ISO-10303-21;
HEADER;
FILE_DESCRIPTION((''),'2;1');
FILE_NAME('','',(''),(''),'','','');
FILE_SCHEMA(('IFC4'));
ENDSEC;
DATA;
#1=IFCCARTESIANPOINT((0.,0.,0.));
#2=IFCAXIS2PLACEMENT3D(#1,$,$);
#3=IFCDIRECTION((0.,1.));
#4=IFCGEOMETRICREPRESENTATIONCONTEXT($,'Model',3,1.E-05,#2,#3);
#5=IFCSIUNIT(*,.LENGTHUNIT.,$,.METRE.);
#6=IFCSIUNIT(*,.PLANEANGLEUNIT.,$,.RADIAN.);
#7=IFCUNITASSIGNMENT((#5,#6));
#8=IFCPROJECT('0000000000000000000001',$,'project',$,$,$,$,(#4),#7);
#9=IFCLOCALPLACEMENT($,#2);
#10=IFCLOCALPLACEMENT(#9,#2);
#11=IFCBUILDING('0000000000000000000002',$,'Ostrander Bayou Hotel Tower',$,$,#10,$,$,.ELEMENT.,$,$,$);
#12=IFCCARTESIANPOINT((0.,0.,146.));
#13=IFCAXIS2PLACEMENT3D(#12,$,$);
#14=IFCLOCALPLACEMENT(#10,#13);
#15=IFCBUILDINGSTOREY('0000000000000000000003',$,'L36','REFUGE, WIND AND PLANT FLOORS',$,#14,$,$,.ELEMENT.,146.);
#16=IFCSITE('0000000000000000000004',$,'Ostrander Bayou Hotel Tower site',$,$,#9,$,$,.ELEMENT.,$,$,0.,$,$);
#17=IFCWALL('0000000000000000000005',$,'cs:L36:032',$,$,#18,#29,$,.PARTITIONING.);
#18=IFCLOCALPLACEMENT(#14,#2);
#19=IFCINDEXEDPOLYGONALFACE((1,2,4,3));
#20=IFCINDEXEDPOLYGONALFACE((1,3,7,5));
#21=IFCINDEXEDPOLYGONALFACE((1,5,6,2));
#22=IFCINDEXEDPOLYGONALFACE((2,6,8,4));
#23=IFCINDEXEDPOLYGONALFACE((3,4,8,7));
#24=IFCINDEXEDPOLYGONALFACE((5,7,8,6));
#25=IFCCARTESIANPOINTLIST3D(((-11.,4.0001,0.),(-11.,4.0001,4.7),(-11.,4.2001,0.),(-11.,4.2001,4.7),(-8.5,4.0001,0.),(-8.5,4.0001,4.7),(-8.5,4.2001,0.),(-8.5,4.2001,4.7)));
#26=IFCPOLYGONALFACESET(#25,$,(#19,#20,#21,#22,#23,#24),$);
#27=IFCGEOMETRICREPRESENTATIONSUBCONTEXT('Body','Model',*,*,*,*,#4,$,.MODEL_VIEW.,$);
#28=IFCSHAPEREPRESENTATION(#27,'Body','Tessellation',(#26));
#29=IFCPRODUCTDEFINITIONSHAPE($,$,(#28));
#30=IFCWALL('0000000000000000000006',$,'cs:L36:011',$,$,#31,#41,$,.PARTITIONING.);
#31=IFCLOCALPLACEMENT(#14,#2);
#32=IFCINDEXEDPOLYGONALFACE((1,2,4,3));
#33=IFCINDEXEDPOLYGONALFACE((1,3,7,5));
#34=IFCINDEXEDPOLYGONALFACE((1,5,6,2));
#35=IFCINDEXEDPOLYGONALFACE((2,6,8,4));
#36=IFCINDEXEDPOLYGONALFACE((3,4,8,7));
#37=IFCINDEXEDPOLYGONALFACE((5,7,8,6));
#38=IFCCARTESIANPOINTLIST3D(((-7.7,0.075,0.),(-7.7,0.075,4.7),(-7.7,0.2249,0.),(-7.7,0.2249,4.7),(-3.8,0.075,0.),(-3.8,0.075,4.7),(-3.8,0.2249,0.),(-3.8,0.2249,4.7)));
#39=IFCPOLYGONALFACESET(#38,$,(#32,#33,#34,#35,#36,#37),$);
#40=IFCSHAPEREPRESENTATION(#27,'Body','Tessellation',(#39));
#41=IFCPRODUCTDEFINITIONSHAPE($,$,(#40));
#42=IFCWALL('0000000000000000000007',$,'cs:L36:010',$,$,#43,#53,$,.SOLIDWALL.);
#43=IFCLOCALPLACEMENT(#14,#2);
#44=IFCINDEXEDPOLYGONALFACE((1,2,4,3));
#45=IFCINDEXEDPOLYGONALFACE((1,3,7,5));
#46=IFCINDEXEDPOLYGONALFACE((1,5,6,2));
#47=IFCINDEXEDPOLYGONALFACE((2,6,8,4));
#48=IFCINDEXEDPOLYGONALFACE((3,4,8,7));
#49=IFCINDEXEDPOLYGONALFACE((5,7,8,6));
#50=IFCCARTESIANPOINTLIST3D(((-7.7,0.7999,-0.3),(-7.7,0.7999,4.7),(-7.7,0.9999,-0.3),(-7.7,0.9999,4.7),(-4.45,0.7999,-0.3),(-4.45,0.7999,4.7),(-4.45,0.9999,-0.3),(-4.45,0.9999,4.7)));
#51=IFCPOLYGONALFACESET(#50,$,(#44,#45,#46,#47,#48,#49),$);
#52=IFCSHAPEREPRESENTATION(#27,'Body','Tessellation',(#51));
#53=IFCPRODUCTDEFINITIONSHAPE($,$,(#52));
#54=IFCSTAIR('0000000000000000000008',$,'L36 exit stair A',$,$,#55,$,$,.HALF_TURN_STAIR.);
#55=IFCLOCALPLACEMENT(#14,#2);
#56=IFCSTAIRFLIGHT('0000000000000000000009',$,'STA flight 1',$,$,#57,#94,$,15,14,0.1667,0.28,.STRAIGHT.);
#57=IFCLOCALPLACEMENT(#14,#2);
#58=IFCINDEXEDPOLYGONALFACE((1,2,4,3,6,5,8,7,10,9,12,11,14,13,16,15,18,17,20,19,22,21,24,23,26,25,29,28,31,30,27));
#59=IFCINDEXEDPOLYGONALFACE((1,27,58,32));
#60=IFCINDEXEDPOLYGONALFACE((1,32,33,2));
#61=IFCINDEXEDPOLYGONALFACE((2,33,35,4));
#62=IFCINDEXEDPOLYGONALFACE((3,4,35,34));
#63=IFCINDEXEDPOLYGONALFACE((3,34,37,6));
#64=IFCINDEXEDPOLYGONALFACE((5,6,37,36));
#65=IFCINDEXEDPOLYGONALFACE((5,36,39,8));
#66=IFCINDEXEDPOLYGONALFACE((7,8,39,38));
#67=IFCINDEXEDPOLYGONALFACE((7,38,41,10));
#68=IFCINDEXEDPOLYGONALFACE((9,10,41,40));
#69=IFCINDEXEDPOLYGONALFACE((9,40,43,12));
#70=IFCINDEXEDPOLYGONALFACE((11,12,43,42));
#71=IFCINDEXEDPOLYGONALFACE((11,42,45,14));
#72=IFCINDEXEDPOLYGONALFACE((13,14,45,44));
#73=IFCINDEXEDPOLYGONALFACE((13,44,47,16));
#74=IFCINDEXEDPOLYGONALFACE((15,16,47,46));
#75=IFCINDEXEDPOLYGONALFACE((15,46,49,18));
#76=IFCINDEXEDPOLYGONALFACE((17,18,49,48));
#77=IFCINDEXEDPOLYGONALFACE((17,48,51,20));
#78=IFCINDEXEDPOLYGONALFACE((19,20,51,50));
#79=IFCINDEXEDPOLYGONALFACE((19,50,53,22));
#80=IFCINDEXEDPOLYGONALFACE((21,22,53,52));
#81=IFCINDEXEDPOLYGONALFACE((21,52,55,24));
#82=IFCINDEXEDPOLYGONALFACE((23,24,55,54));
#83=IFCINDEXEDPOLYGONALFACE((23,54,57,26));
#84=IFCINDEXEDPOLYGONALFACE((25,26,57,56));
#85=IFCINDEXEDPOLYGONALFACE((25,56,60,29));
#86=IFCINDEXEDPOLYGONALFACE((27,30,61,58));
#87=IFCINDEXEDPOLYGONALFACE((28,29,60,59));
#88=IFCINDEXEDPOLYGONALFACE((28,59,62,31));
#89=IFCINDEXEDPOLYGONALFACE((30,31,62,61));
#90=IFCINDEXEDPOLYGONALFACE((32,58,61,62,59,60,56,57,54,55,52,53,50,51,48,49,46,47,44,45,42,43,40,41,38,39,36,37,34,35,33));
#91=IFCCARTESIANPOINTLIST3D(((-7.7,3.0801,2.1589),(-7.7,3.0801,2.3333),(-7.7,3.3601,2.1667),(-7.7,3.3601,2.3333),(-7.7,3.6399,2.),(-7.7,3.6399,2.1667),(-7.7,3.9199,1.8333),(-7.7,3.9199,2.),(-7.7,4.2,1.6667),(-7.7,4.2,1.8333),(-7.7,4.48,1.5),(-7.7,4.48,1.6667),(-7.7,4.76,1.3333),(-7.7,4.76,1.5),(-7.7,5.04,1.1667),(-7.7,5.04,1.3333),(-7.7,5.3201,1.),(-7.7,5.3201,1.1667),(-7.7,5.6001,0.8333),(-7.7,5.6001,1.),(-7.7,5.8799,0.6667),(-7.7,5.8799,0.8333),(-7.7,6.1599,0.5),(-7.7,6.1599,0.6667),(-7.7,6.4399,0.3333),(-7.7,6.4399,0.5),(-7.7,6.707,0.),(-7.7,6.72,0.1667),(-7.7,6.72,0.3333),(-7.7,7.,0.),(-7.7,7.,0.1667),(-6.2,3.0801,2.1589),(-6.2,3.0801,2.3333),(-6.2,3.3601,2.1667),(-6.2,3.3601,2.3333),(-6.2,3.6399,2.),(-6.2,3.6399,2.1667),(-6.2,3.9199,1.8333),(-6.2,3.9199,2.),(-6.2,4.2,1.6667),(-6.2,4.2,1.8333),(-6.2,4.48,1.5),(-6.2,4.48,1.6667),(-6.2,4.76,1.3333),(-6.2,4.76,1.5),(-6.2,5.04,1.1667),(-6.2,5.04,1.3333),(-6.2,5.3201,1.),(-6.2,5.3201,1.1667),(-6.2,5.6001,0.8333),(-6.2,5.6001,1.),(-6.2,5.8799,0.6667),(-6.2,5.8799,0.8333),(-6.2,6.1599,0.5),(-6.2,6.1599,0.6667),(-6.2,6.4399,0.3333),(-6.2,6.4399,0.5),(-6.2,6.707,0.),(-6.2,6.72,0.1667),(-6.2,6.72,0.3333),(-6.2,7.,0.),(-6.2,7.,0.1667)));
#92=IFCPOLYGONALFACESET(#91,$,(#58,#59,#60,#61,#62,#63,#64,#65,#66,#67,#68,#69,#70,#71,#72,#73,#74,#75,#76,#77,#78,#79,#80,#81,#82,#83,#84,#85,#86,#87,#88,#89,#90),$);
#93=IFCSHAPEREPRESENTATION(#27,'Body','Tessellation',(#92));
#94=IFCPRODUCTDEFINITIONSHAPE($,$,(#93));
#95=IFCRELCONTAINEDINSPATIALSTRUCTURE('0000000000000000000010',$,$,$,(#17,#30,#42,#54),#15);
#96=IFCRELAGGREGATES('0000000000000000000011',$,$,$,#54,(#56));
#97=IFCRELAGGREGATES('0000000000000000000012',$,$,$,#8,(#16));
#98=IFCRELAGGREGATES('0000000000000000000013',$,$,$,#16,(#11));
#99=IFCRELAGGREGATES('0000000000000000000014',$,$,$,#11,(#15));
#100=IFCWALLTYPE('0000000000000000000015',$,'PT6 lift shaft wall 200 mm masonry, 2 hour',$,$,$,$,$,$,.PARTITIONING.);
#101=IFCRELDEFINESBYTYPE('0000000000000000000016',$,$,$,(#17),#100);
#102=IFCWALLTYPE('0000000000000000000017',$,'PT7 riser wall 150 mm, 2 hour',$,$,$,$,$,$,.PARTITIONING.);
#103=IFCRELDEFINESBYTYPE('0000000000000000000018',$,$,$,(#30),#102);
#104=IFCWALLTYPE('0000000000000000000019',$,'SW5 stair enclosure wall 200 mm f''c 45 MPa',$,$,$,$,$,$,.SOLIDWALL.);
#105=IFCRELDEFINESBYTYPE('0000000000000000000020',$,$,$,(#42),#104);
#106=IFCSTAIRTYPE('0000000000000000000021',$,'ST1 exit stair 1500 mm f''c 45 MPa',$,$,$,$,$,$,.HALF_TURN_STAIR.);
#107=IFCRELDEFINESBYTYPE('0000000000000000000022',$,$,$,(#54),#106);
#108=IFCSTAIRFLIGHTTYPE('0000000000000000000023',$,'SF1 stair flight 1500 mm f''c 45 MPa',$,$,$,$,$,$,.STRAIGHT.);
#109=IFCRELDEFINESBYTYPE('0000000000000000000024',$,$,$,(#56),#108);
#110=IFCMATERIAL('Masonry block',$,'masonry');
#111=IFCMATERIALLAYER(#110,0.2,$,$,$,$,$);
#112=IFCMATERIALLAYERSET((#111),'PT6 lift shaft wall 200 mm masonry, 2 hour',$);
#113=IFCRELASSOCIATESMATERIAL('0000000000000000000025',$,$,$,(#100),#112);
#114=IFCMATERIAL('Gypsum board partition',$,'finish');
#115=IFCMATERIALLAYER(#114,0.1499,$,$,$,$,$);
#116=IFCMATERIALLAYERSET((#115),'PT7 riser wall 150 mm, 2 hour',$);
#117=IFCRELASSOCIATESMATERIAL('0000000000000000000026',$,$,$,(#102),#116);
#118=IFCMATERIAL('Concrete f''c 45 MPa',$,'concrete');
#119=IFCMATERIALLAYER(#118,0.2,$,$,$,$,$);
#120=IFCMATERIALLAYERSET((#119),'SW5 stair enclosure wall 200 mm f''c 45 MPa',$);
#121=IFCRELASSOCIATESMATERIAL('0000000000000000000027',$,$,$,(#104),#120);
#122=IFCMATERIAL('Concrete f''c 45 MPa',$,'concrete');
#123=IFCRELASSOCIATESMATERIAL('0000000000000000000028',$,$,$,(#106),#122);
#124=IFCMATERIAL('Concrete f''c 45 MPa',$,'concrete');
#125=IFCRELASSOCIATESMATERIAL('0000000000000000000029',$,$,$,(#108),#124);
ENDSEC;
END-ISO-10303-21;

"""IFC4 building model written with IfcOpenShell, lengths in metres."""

from ifc_helpers import new_model, si_unit, direction, frame, frame_2d, origin, place, context, subcontext, project, spatial, polyline, rectangle, outline, extrude, material, layer, layer_set, type_object, element, aggregate, save


model = new_model("IFC4")

# Units and contexts
model_context = context("Model", 3, precision=1e-05, world=origin(), true_north=direction((0.0, 1.0)))
body_context = subcontext(model_context, "Body", "Model", "MODEL_VIEW")
ifc_project = project(units=[si_unit("LENGTHUNIT", "METRE"), si_unit("PLANEANGLEUNIT", "RADIAN")], contexts=[model_context])

# Site, building, storey
site_placement = place(None, origin())
site = spatial("IfcSite", under=ifc_project, at=site_placement, Name="Ostrander Bayou Hotel Tower site", CompositionType="ELEMENT", RefElevation=0.0)
building_placement = place(site_placement, origin())
building = spatial("IfcBuilding", under=site, at=building_placement, Name="Ostrander Bayou Hotel Tower", CompositionType="ELEMENT")
storey_placement = place(building_placement, frame((0.0, 0.0, 146.0)))
storey = spatial("IfcBuildingStorey", under=building, at=storey_placement, Name="L36", Description="REFUGE, WIND AND PLANT FLOORS", CompositionType="ELEMENT", Elevation=146.0)

# Walls
ifc_material_1 = material(Name="Masonry block", Category="masonry")
ifc_layer_1 = layer(ifc_material_1, 0.2)
ifc_layer_set_1 = layer_set([ifc_layer_1], Name="PT6 lift shaft wall 200 mm masonry, 2 hour")
wall_type_1 = type_object("IfcWallType", Name="PT6 lift shaft wall 200 mm masonry, 2 hour", PredefinedType="PARTITIONING", material=ifc_layer_set_1)
for number, where, z_axis, x_axis, name in (
    (1, (-11.0, 4.1001, 0.0), (0.0, 0.0, 1.0), (1.0, 0.0, 0.0), "cs:L36:032"),
):
    element("IfcWall", number, at=place(storey_placement, frame(where, z_axis=z_axis, x_axis=x_axis)), inside=storey, type_object=wall_type_1, Name=name, PredefinedType="PARTITIONING", context=body_context, shape_type="SweptSolid", body=[
        extrude(rectangle(XDim=2.5, YDim=0.2, at=frame_2d((1.25, 0.0))), origin(), (0.0, 0.0, 1.0), 4.7),
    ])
ifc_material_2 = material(Name="Gypsum board partition", Category="finish")
ifc_layer_2 = layer(ifc_material_2, 0.1499)
ifc_layer_set_2 = layer_set([ifc_layer_2], Name="PT7 riser wall 150 mm, 2 hour")
wall_type_2 = type_object("IfcWallType", Name="PT7 riser wall 150 mm, 2 hour", PredefinedType="PARTITIONING", material=ifc_layer_set_2)
wall_1_placement = place(storey_placement, frame((-7.7, 0.1499, 0.0), z_axis=(0.0, 0.0, 1.0), x_axis=(1.0, 0.0, 0.0)))
element("IfcWall", 2, at=wall_1_placement, inside=storey, type_object=wall_type_2, Name="cs:L36:011", PredefinedType="PARTITIONING", context=body_context, shape_type="SweptSolid", body=[
    extrude(rectangle(XDim=3.8999, YDim=0.1499, at=frame_2d((1.95, 0.0))), origin(), (0.0, 0.0, 1.0), 4.7),
])
ifc_material_3 = material(Name="Concrete f'c 45 MPa", Category="concrete")
ifc_layer_3 = layer(ifc_material_3, 0.2)
ifc_layer_set_3 = layer_set([ifc_layer_3], Name="SW5 stair enclosure wall 200 mm f'c 45 MPa")
wall_type_3 = type_object("IfcWallType", Name="SW5 stair enclosure wall 200 mm f'c 45 MPa", PredefinedType="SOLIDWALL", material=ifc_layer_set_3)
wall_2_placement = place(storey_placement, frame((-7.7, 0.8999, -0.3), z_axis=(0.0, 0.0, 1.0), x_axis=(1.0, 0.0, 0.0)))
element("IfcWall", 3, at=wall_2_placement, inside=storey, type_object=wall_type_3, Name="cs:L36:010", PredefinedType="SOLIDWALL", context=body_context, shape_type="SweptSolid", body=[
    extrude(rectangle(XDim=3.25, YDim=0.2, at=frame_2d((1.625, 0.0))), origin(), (0.0, 0.0, 1.0), 5.0),
])

# Stair, stair flight
ifc_material_4 = material(Name="Concrete f'c 45 MPa", Category="concrete")
stair_type = type_object("IfcStairType", Name="ST1 exit stair 1500 mm f'c 45 MPa", PredefinedType="HALF_TURN_STAIR", material=ifc_material_4)
stair_placement = place(storey_placement, origin())
stair = element("IfcStair", 4, at=stair_placement, inside=storey, type_object=stair_type, Name="L36 exit stair A", PredefinedType="HALF_TURN_STAIR")
ifc_material_5 = material(Name="Concrete f'c 45 MPa", Category="concrete")
stair_flight_type = type_object("IfcStairFlightType", Name="SF1 stair flight 1500 mm f'c 45 MPa", PredefinedType="STRAIGHT", material=ifc_material_5)
stair_flight_placement = place(storey_placement, frame((-6.95, 7.0, 0.0), z_axis=(0.0, 0.0, 1.0), x_axis=(0.0, -1.0, 0.0)))
stair_flight = element("IfcStairFlight", 5, at=stair_flight_placement, type_object=stair_flight_type, Name="STA flight 1", NumberOfRisers=15, NumberOfTreads=14, PredefinedType="STRAIGHT", RiserHeight=0.1667, TreadLength=0.28, context=body_context, shape_type="SweptSolid", body=[
    extrude(outline(polyline([(0.0, 0.0), (0.0, 0.1667), (0.28, 0.1667), (0.28, 0.3333), (0.5601, 0.3333), (0.5601, 0.5), (0.8401, 0.5), (0.8401, 0.6667), (1.1201, 0.6667), (1.1201, 0.8333), (1.3999, 0.8333), (1.3999, 1.0), (1.6799, 1.0), (1.6799, 1.1667), (1.96, 1.1667), (1.96, 1.3333), (2.24, 1.3333), (2.24, 1.5), (2.52, 1.5), (2.52, 1.6667), (2.8, 1.6667), (2.8, 1.8333), (3.0801, 1.8333), (3.0801, 2.0), (3.3601, 2.0), (3.3601, 2.1667), (3.6399, 2.1667), (3.6399, 2.3333), (3.9199, 2.3333), (3.9199, 2.5), (3.9199, 2.1589), (0.293, 0.0), (0.0, 0.0)])), frame((0.0, 0.75, 0.0), z_axis=(0.0, -1.0, 0.0), x_axis=(1.0, 0.0, 0.0)), (0.0, 0.0, 1.0), 1.5),
])
aggregate(stair, [stair_flight])

save(model, "model.ifc")
